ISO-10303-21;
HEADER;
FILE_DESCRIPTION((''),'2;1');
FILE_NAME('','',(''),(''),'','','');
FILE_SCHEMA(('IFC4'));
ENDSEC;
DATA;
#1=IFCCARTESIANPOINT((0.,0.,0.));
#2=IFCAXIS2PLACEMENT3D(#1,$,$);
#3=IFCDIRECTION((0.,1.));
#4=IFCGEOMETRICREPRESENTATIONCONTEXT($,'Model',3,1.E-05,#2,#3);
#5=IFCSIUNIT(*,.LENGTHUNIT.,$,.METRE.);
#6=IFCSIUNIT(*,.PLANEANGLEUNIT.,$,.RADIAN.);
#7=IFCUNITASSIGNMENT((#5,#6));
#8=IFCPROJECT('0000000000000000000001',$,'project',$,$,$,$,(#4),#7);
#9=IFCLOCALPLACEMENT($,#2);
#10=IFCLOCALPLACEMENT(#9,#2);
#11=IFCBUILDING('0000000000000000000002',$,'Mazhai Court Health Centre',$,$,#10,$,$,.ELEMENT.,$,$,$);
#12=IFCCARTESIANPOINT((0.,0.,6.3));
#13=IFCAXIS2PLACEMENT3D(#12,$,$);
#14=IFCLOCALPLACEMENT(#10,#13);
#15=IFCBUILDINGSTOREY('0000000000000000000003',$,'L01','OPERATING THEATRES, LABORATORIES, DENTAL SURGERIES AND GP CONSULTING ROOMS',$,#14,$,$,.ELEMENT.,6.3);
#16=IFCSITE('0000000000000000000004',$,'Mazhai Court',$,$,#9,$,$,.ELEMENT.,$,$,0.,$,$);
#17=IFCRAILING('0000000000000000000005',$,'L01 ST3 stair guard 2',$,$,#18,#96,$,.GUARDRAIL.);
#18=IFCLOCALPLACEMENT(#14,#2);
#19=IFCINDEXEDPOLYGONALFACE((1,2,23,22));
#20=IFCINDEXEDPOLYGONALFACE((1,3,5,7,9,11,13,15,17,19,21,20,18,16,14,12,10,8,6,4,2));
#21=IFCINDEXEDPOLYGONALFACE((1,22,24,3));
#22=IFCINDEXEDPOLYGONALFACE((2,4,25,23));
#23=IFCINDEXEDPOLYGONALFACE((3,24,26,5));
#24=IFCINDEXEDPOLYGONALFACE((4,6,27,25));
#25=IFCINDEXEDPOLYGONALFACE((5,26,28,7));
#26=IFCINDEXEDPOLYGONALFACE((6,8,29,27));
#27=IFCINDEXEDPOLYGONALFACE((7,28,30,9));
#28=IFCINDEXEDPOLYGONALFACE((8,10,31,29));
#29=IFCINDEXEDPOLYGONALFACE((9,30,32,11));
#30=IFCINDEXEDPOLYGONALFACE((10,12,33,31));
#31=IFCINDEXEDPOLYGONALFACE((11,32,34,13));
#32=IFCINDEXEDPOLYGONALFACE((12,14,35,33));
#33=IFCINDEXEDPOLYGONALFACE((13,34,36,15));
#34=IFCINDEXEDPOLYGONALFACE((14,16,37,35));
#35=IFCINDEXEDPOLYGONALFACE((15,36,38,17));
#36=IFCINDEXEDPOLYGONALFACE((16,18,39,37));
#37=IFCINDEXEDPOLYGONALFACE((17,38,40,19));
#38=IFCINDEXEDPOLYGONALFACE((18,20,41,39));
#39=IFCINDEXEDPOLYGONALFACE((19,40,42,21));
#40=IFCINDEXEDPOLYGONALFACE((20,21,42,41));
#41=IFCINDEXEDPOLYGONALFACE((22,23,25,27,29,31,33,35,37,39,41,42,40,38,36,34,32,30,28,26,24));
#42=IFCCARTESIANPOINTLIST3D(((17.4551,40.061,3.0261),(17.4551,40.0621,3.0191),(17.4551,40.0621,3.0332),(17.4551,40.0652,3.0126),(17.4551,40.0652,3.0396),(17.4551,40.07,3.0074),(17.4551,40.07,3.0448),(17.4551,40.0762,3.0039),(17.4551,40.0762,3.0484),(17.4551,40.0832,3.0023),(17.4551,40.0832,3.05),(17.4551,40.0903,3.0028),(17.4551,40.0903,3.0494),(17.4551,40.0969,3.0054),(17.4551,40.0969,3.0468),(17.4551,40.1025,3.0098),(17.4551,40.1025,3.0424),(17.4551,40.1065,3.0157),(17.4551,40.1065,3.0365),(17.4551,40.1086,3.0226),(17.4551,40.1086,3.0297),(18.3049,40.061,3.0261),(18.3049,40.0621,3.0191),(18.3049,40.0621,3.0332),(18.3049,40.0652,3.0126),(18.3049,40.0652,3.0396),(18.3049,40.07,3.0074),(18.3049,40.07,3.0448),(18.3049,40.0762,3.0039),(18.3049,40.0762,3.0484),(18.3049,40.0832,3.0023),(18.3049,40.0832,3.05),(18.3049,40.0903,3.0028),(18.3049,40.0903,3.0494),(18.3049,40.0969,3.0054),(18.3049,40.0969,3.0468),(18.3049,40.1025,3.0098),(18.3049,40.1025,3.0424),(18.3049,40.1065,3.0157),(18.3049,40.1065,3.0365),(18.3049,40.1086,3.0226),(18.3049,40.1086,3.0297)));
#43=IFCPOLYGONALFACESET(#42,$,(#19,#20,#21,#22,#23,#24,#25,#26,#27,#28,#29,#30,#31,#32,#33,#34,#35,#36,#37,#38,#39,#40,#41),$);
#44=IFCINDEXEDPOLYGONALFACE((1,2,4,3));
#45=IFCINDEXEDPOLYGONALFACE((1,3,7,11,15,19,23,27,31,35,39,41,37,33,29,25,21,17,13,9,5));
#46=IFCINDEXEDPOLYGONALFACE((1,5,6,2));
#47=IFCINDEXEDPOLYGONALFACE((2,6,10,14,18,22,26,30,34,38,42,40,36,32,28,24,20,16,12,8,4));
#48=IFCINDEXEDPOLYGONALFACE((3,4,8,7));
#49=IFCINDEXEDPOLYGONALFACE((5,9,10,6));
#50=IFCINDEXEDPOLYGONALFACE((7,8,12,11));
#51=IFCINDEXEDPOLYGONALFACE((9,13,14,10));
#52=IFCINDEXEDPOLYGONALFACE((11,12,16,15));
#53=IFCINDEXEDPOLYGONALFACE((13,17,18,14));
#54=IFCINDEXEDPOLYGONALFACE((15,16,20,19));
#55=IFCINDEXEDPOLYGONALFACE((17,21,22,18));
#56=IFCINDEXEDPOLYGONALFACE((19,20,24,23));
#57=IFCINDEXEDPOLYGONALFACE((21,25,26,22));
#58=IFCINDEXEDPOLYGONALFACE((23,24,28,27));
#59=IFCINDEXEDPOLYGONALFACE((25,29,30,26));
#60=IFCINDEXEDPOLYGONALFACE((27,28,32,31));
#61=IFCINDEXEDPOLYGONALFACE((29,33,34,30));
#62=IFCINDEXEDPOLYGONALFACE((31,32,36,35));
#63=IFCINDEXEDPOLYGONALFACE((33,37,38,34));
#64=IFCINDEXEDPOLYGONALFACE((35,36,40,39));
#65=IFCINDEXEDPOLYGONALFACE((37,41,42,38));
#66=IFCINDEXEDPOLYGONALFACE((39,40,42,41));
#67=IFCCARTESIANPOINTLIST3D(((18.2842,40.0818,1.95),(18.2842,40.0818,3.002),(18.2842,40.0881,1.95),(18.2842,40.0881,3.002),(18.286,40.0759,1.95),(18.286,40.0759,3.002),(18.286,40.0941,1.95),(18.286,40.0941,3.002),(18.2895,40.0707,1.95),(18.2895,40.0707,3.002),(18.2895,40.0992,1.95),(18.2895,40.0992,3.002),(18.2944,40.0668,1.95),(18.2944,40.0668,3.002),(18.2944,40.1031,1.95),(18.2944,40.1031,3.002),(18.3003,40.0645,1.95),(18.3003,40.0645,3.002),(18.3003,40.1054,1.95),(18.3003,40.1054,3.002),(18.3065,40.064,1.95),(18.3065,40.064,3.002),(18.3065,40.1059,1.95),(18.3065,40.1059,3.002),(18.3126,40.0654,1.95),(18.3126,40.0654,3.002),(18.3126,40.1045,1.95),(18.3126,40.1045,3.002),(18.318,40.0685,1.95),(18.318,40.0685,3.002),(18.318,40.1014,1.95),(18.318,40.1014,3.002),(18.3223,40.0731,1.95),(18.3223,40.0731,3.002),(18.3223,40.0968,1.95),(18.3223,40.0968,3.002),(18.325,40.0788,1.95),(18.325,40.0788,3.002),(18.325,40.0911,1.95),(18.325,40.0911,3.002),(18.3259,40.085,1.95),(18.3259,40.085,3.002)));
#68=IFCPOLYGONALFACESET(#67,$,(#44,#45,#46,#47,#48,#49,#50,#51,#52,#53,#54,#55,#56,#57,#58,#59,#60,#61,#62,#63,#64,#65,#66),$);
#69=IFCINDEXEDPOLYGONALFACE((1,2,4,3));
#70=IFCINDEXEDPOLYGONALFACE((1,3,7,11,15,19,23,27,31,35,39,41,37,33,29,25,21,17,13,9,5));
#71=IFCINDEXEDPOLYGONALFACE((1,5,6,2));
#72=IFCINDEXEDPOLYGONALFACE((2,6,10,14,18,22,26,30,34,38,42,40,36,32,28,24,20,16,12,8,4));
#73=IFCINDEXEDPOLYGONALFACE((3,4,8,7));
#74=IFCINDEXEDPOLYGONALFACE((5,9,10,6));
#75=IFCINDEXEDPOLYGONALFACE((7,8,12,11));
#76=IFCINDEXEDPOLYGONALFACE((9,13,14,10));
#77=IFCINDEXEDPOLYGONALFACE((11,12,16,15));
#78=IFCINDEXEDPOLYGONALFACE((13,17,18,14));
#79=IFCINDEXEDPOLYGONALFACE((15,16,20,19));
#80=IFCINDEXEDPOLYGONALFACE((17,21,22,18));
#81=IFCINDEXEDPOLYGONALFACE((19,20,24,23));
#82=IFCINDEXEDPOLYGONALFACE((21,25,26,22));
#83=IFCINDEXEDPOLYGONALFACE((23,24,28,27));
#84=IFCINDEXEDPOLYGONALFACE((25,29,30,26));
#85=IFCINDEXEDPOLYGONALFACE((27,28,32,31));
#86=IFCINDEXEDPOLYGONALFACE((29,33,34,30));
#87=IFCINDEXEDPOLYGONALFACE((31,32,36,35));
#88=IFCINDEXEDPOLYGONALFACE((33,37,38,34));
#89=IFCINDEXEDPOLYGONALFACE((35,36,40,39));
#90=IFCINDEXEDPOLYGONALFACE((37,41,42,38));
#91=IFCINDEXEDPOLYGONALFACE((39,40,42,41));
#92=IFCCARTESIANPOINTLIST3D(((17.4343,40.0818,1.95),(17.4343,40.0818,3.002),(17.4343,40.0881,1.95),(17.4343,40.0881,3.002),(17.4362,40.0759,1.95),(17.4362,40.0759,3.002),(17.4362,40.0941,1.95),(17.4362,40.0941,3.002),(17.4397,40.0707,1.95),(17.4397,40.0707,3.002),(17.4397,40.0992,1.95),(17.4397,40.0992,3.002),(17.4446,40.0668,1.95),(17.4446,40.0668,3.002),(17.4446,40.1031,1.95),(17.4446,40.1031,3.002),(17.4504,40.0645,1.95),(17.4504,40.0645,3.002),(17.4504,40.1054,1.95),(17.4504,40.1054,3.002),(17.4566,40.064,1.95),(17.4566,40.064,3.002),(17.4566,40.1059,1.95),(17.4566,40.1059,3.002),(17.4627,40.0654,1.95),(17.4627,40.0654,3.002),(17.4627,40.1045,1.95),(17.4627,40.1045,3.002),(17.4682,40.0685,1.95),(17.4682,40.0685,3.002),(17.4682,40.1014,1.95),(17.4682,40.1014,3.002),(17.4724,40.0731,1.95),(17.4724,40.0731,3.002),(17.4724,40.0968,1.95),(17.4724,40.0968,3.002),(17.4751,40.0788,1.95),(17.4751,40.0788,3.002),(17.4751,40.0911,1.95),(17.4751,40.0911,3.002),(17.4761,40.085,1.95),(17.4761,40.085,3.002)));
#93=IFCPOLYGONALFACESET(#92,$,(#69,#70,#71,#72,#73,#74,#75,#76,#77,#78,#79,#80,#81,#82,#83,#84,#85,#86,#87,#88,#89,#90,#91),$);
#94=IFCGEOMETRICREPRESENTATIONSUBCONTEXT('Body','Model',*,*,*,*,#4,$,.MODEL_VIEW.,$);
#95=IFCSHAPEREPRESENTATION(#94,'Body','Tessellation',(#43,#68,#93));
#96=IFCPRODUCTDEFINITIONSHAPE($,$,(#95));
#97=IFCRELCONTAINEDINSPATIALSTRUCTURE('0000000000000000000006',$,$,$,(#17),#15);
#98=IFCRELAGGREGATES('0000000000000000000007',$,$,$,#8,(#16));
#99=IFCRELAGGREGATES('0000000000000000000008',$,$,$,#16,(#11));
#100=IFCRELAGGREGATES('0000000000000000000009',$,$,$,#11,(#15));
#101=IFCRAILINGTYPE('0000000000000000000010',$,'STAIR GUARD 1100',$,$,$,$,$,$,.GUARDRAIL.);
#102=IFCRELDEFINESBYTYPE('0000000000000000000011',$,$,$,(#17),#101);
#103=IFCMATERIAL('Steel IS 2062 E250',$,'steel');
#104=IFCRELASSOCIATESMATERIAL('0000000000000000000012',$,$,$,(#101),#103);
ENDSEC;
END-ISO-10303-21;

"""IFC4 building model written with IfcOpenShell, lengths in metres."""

from ifc_helpers import new_model, si_unit, direction, frame, origin, origin_2d, place, context, subcontext, project, spatial, circle, extrude, material, type_object, element, save


model = new_model("IFC4")

# Units and contexts
model_context = context("Model", 3, precision=1e-05, world=origin(), true_north=direction((0.0, 1.0)))
body_context = subcontext(model_context, "Body", "Model", "MODEL_VIEW")
ifc_project = project(units=[si_unit("LENGTHUNIT", "METRE"), si_unit("PLANEANGLEUNIT", "RADIAN")], contexts=[model_context])

# Site, building, storey
site_placement = place(None, origin())
site = spatial("IfcSite", under=ifc_project, at=site_placement, Name="Mazhai Court", CompositionType="ELEMENT", RefElevation=0.0)
building_placement = place(site_placement, origin())
building = spatial("IfcBuilding", under=site, at=building_placement, Name="Mazhai Court Health Centre", CompositionType="ELEMENT")
storey_placement = place(building_placement, frame((0.0, 0.0, 6.3)))
storey = spatial("IfcBuildingStorey", under=building, at=storey_placement, Name="L01", Description="OPERATING THEATRES, LABORATORIES, DENTAL SURGERIES AND GP CONSULTING ROOMS", CompositionType="ELEMENT", Elevation=6.3)

# Railing
ifc_material_1 = material(Name="Steel IS 2062 E250", Category="steel")
railing_type_1 = type_object("IfcRailingType", Name="STAIR GUARD 1100", PredefinedType="GUARDRAIL", material=ifc_material_1)
railing_1_placement = place(storey_placement, frame((18.3049, 40.085, 1.95)))
element("IfcRailing", 1, at=railing_1_placement, inside=storey, type_object=railing_type_1, Name="L01 ST3 stair guard 2", PredefinedType="GUARDRAIL", context=body_context, shape_type="SweptSolid", body=[
    extrude(circle(Radius=0.0239, at=origin_2d()), frame((0.0, 0.0, 1.0762), z_axis=(-1.0, 0.0, 0.0), x_axis=(0.0, -1.0, 0.0)), (0.0, 0.0, 1.0), 0.8499),
    extrude(circle(Radius=0.021, at=origin_2d()), origin(), (0.0, 0.0, 1.0), 1.052),
    extrude(circle(Radius=0.021, at=origin_2d()), frame((-0.8499, 0.0, 0.0)), (0.0, 0.0, 1.0), 1.052),
])

save(model, "model.ifc")
